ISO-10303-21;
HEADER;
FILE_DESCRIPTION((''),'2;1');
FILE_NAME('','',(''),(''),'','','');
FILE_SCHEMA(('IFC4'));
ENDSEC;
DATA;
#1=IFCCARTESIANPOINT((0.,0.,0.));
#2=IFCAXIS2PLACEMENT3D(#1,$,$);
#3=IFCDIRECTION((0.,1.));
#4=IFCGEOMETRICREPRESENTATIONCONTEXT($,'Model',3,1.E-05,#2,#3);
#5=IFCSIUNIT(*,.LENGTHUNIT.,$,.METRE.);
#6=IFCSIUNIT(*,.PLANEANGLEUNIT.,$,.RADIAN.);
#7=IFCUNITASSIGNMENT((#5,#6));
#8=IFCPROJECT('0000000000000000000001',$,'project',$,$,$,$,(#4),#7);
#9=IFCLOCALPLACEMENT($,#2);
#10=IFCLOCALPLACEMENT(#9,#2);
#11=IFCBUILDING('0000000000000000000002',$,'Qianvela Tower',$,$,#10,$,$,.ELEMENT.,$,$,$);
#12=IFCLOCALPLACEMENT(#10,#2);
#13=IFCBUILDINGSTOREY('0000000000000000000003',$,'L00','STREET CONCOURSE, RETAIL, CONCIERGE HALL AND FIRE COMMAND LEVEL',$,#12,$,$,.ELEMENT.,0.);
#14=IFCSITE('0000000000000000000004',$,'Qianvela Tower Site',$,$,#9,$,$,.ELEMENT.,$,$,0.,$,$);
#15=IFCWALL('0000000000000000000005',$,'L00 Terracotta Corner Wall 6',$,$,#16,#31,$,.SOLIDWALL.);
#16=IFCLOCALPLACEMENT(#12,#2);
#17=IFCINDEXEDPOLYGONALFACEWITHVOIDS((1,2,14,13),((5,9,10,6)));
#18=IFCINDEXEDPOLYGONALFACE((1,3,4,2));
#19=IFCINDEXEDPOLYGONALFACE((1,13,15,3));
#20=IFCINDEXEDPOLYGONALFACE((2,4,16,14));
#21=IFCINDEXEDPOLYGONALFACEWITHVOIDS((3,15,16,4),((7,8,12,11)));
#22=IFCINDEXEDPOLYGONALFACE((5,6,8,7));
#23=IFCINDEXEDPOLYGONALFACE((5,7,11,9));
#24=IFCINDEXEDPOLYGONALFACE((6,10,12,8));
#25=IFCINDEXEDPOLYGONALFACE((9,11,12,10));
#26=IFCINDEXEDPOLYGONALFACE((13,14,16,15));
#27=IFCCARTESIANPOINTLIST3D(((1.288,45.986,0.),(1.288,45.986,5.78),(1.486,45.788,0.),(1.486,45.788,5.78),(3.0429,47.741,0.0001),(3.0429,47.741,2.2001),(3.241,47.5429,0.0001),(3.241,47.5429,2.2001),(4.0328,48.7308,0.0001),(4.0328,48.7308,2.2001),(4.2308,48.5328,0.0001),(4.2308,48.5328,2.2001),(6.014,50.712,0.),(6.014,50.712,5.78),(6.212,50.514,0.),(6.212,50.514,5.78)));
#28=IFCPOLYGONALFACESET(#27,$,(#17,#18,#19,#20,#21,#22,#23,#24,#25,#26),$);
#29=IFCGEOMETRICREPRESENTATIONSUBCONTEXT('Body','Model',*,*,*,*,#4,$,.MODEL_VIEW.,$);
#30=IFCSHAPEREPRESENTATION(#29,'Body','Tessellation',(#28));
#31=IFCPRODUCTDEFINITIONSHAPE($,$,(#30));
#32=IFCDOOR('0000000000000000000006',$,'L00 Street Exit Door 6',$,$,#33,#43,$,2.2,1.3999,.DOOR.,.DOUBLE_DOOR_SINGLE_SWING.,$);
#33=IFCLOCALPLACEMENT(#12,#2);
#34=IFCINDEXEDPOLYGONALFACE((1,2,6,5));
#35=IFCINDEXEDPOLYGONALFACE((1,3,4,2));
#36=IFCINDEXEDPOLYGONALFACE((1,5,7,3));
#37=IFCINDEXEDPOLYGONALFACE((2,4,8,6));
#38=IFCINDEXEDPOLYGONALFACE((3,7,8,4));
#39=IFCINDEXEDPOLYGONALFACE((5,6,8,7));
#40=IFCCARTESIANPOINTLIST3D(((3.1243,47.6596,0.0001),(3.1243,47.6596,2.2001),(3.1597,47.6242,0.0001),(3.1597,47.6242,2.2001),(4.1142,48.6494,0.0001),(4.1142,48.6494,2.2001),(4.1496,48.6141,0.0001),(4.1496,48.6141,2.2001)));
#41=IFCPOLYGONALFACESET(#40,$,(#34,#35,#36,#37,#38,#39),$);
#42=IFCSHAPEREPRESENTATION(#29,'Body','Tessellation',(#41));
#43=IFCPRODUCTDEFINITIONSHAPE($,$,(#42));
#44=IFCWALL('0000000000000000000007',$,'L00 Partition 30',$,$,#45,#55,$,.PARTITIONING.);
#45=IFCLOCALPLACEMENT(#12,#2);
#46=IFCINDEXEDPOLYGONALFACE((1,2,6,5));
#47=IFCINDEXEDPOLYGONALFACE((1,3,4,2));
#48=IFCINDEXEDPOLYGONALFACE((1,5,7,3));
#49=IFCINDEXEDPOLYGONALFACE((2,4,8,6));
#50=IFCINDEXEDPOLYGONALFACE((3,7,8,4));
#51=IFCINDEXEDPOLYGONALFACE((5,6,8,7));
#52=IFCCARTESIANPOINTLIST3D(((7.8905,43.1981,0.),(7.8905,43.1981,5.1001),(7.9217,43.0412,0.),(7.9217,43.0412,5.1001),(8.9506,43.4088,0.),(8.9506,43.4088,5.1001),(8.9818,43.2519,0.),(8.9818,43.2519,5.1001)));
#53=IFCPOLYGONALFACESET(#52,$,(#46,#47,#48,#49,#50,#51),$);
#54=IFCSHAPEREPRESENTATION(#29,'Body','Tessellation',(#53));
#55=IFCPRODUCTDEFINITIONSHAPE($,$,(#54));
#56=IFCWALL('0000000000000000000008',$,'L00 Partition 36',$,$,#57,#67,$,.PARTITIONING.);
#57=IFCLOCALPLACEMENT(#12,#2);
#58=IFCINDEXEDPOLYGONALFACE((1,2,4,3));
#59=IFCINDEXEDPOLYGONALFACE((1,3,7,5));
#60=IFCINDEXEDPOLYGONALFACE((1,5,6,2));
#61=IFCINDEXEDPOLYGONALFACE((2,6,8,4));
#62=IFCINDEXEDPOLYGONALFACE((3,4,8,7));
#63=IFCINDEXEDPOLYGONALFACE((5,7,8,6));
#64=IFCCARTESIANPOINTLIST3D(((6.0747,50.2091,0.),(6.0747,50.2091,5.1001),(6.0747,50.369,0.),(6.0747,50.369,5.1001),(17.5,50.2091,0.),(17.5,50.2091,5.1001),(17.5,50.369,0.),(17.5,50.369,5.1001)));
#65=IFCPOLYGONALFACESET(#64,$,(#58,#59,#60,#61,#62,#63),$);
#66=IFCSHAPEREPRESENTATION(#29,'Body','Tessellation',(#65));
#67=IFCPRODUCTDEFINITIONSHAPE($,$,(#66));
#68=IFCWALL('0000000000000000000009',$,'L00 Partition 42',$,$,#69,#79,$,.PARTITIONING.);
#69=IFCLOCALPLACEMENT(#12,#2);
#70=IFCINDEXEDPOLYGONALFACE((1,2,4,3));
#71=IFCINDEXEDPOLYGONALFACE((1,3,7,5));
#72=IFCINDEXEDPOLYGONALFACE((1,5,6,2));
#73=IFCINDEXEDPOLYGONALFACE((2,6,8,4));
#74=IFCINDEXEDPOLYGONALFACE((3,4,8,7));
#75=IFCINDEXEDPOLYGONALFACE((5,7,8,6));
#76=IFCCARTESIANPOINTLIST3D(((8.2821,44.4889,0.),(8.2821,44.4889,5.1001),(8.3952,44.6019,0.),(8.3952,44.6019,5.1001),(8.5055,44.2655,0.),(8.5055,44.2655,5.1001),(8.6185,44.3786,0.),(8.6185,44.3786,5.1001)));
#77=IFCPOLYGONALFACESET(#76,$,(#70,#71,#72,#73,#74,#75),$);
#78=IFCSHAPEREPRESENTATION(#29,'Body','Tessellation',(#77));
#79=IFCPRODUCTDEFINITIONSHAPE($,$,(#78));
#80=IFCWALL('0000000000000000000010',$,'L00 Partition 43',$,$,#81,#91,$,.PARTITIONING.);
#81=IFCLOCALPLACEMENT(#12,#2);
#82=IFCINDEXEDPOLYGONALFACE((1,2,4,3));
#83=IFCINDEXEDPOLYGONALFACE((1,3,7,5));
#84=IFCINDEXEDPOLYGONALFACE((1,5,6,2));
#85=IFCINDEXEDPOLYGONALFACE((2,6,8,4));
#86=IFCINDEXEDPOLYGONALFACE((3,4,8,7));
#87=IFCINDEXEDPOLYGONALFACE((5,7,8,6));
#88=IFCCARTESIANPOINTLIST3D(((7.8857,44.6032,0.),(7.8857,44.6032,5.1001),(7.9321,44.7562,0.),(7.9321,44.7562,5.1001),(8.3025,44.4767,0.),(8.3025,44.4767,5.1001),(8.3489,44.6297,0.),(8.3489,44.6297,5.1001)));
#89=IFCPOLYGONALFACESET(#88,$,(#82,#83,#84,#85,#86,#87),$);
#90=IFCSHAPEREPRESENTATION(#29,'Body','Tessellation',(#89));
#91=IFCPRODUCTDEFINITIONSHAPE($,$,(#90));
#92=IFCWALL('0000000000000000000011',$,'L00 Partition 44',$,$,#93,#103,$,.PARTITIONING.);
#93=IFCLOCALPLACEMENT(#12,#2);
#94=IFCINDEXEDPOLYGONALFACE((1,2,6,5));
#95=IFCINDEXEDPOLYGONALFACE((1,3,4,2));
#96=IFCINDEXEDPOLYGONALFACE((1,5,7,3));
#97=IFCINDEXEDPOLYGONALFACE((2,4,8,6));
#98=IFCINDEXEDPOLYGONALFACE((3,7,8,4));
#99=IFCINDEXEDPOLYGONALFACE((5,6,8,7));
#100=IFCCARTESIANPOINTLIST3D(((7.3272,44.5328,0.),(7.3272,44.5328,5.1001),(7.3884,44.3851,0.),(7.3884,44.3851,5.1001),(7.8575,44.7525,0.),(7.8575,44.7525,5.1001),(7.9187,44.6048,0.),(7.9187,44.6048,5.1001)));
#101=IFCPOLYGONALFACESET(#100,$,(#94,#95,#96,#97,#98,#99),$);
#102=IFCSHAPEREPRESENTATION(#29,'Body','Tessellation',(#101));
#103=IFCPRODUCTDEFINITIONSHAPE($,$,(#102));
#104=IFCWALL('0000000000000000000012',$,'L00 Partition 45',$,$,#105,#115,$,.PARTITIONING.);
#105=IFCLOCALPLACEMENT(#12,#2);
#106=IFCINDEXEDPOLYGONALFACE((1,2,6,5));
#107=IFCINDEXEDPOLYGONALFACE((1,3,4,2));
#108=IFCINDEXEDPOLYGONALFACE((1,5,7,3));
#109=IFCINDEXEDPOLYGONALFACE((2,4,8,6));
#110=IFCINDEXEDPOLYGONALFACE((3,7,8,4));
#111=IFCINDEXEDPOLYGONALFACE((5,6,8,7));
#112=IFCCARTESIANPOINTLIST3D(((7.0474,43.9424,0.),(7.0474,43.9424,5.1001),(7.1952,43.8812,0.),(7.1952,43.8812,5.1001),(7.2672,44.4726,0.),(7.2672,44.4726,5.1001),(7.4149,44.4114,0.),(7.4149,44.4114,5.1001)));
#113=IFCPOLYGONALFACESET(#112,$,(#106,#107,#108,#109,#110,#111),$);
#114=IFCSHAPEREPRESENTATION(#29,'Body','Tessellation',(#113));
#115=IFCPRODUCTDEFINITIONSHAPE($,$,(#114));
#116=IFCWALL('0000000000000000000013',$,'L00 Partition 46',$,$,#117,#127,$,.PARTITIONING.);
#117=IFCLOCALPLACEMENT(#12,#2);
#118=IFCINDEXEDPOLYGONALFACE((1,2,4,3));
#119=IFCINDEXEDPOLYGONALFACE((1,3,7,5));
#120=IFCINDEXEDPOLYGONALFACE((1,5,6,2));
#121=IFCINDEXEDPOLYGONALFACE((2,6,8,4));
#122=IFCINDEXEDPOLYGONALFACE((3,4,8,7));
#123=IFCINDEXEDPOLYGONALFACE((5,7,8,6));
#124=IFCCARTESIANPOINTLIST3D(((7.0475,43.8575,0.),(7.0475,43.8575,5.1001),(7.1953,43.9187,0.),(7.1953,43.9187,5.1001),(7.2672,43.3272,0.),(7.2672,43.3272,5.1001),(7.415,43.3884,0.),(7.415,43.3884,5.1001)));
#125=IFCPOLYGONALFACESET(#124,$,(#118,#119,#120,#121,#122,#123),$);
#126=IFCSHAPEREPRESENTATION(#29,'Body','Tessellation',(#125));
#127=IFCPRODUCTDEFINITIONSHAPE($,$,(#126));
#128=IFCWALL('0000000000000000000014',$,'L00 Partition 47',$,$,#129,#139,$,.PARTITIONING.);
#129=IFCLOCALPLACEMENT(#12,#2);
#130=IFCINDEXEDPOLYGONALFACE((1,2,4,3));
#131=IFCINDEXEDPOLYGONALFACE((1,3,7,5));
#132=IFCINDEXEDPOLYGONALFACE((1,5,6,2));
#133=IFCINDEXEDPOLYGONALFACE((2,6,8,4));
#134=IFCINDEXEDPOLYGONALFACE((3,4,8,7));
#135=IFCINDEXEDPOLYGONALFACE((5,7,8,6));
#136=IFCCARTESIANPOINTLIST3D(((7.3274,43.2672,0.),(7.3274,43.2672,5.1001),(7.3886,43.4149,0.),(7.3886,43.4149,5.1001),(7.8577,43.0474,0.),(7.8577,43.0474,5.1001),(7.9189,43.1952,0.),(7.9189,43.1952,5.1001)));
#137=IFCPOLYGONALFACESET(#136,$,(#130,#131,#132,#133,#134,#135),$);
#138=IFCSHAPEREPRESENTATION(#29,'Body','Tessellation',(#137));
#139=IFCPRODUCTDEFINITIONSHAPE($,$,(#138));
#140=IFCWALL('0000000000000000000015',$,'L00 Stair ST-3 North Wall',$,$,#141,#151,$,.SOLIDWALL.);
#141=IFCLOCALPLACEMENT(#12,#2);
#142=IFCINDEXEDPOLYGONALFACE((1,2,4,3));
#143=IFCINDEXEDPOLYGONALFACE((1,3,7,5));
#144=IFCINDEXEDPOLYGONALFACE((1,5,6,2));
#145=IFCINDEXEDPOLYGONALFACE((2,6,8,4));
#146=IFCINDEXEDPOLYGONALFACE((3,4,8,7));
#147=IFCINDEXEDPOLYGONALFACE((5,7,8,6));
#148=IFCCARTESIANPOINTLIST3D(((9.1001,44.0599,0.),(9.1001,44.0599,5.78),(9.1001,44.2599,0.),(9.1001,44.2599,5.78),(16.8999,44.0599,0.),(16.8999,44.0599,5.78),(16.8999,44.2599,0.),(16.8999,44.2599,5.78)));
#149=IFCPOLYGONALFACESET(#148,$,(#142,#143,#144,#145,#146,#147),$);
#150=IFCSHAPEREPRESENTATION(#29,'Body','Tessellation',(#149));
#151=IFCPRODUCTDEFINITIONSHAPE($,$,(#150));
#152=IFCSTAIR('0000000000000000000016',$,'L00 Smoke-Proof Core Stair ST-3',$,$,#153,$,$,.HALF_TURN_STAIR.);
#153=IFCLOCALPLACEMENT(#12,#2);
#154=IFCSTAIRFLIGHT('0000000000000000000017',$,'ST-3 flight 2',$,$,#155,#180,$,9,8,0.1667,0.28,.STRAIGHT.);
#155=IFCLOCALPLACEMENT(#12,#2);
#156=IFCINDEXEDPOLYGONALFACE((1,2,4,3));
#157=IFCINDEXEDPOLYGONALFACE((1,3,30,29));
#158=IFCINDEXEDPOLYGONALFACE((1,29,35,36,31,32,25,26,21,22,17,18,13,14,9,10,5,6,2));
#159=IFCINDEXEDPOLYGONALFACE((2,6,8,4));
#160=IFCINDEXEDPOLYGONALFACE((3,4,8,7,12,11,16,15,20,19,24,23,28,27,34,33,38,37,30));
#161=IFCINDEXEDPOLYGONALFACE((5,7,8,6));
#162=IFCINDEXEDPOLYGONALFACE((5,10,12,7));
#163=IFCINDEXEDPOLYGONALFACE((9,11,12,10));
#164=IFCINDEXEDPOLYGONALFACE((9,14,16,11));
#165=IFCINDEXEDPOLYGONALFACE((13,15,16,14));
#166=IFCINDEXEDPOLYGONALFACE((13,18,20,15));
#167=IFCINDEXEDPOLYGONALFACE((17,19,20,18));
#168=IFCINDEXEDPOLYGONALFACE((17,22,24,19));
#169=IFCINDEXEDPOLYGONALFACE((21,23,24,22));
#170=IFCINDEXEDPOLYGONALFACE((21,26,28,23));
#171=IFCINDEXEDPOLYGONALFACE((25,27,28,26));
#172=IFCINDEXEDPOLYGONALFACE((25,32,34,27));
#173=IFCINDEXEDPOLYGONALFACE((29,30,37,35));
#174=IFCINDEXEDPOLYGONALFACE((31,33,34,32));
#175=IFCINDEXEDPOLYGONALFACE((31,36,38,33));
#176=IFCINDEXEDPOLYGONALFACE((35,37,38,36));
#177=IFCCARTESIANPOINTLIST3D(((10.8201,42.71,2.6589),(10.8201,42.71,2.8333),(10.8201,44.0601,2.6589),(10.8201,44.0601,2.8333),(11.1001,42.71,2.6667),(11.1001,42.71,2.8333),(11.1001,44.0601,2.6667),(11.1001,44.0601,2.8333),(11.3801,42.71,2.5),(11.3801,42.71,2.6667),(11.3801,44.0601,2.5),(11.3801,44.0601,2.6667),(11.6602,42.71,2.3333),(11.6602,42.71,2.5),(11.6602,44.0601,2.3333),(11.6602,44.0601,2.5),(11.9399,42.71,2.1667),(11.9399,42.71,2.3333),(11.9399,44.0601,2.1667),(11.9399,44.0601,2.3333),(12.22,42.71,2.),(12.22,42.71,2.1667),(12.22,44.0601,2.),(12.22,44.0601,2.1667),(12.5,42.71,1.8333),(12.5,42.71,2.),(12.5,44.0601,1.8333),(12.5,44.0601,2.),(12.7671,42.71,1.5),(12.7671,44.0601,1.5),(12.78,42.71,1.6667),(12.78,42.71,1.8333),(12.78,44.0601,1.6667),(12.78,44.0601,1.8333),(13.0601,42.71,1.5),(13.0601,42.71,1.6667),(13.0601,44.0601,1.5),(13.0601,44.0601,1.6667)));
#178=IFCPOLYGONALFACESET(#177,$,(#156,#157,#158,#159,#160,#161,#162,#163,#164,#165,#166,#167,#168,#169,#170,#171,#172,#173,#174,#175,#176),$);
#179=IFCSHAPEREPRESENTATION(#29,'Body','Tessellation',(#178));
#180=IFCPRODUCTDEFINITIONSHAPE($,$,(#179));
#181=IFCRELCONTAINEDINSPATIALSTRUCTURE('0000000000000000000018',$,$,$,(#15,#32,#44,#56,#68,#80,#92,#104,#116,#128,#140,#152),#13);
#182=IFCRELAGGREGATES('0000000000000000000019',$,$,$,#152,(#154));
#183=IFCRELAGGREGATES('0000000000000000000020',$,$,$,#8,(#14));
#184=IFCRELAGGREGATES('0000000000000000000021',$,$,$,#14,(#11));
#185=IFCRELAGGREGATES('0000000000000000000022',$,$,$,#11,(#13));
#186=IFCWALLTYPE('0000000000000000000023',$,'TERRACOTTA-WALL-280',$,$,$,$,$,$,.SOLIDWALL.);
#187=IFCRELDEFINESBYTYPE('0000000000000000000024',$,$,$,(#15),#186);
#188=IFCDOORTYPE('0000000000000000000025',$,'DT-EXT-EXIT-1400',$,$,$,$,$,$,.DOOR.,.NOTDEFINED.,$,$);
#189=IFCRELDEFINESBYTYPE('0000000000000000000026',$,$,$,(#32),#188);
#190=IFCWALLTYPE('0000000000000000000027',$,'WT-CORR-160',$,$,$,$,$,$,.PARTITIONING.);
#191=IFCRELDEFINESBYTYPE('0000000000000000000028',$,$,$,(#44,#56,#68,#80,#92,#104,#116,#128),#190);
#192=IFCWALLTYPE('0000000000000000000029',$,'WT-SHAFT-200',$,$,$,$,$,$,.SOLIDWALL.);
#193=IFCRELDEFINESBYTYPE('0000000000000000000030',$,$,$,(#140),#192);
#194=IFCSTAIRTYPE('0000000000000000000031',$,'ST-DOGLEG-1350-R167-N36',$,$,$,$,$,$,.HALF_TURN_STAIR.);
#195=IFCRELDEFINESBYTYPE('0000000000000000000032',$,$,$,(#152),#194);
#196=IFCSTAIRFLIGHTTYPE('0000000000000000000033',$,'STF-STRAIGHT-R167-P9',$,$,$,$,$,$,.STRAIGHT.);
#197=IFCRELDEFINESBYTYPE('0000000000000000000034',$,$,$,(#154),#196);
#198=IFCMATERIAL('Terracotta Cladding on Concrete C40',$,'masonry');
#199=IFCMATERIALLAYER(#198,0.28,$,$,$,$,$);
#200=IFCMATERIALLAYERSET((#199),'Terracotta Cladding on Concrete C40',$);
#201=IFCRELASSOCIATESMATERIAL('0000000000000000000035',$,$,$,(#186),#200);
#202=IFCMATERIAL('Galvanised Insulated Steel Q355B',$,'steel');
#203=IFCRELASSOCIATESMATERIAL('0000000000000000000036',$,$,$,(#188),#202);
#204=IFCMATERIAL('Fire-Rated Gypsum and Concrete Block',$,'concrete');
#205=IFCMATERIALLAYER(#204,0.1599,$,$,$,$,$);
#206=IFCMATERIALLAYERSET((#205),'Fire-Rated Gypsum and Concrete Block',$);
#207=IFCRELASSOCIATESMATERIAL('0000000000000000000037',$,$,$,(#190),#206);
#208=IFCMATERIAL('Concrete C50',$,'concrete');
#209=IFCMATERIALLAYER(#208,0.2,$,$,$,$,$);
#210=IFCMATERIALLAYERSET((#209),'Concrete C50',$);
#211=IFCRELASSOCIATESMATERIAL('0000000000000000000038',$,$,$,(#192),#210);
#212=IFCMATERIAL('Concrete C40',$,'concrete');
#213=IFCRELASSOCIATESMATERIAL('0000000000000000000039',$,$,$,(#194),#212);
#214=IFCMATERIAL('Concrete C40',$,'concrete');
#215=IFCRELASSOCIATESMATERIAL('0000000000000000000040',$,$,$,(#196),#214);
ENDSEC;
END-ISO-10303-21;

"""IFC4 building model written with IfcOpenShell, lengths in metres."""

from ifc_helpers import new_model, si_unit, direction, frame, frame_2d, origin, place, context, subcontext, project, spatial, polyline, rectangle, outline, extrude, material, layer, layer_set, type_object, element, fill, aggregate, save


model = new_model("IFC4")

# Units and contexts
model_context = context("Model", 3, precision=1e-05, world=origin(), true_north=direction((0.0, 1.0)))
body_context = subcontext(model_context, "Body", "Model", "MODEL_VIEW")
ifc_project = project(units=[si_unit("LENGTHUNIT", "METRE"), si_unit("PLANEANGLEUNIT", "RADIAN")], contexts=[model_context])

# Site, building, storey
site_placement = place(None, origin())
site = spatial("IfcSite", under=ifc_project, at=site_placement, Name="Qianvela Tower Site", CompositionType="ELEMENT", RefElevation=0.0)
building_placement = place(site_placement, origin())
building = spatial("IfcBuilding", under=site, at=building_placement, Name="Qianvela Tower", CompositionType="ELEMENT")
storey_placement = place(building_placement, origin())
storey = spatial("IfcBuildingStorey", under=building, at=storey_placement, Name="L00", Description="STREET CONCOURSE, RETAIL, CONCIERGE HALL AND FIRE COMMAND LEVEL", CompositionType="ELEMENT", Elevation=0.0)

# Wall, opening, door
ifc_material_1 = material(Name="Terracotta Cladding on Concrete C40", Category="masonry")
ifc_layer_1 = layer(ifc_material_1, 0.28)
ifc_layer_set_1 = layer_set([ifc_layer_1], Name="Terracotta Cladding on Concrete C40")
wall_type_1 = type_object("IfcWallType", Name="TERRACOTTA-WALL-280", PredefinedType="SOLIDWALL", material=ifc_layer_set_1)
wall_1_placement = place(storey_placement, frame((1.387, 45.887, 0.0), z_axis=(0.0, 0.0, 1.0), x_axis=(0.707107, 0.707107, 0.0)))
wall_1 = element("IfcWall", 1, at=wall_1_placement, inside=storey, type_object=wall_type_1, Name="L00 Terracotta Corner Wall 6", PredefinedType="SOLIDWALL", context=body_context, shape_type="SweptSolid", body=[
    extrude(rectangle(XDim=6.6836, YDim=0.28, at=frame_2d((3.3418, 0.0))), origin(), (0.0, 0.0, 1.0), 5.78),
])
opening_placement = place(wall_1_placement, frame((2.4819, 0.0, 0.0)))
opening = element("IfcOpeningElement", 2, at=opening_placement, cuts=wall_1, PredefinedType="OPENING", context=body_context, shape_type="SweptSolid", body=[
    extrude(rectangle(XDim=1.3999, YDim=2.2, at=frame_2d((0.7, 1.1001))), frame((0.0, 0.1499, 0.0), z_axis=(0.0, -1.0, 0.0), x_axis=(1.0, 0.0, 0.0)), (0.0, 0.0, 1.0), 0.3),
])
ifc_material_2 = material(Name="Galvanised Insulated Steel Q355B", Category="steel")
door_type = type_object("IfcDoorType", Name="DT-EXT-EXIT-1400", OperationType="NOTDEFINED", PredefinedType="DOOR", material=ifc_material_2)
door_placement = place(opening_placement, origin())
door = element("IfcDoor", 3, at=door_placement, inside=storey, type_object=door_type, Name="L00 Street Exit Door 6", OperationType="DOUBLE_DOOR_SINGLE_SWING", OverallHeight=2.2, OverallWidth=1.3999, PredefinedType="DOOR", context=body_context, shape_type="SweptSolid", body=[
    extrude(rectangle(XDim=1.3999, YDim=2.2, at=frame_2d((0.7, 1.1001))), frame((0.0, 0.0249, 0.0), z_axis=(0.0, -1.0, 0.0), x_axis=(1.0, 0.0, 0.0)), (0.0, 0.0, 1.0), 0.05),
])
fill(opening, door)

# Walls
ifc_material_3 = material(Name="Fire-Rated Gypsum and Concrete Block", Category="concrete")
ifc_layer_2 = layer(ifc_material_3, 0.1599)
ifc_layer_set_2 = layer_set([ifc_layer_2], Name="Fire-Rated Gypsum and Concrete Block")
wall_type_2 = type_object("IfcWallType", Name="WT-CORR-160", PredefinedType="PARTITIONING", material=ifc_layer_set_2)
wall_2_placement = place(storey_placement, frame((7.906, 43.1196, 0.0), z_axis=(0.0, 0.0, 1.0), x_axis=(0.980815, 0.194943, 0.0)))
element("IfcWall", 4, at=wall_2_placement, inside=storey, type_object=wall_type_2, Name="L00 Partition 30", PredefinedType="PARTITIONING", context=body_context, shape_type="SweptSolid", body=[
    extrude(rectangle(XDim=1.0808, YDim=0.1599, at=frame_2d((0.5405, 0.0))), origin(), (0.0, 0.0, 1.0), 5.1001),
])
wall_3_placement = place(storey_placement, frame((6.0747, 50.2891, 0.0), z_axis=(0.0, 0.0, 1.0), x_axis=(1.0, 0.0, 0.0)))
element("IfcWall", 5, at=wall_3_placement, inside=storey, type_object=wall_type_2, Name="L00 Partition 36", PredefinedType="PARTITIONING", context=body_context, shape_type="SweptSolid", body=[
    extrude(rectangle(XDim=11.4253, YDim=0.1599, at=frame_2d((5.7126, 0.0))), origin(), (0.0, 0.0, 1.0), 5.1001),
])
wall_4_placement = place(storey_placement, frame((8.562, 44.322, 0.0), z_axis=(0.0, 0.0, 1.0), x_axis=(-0.707107, 0.707107, 0.0)))
element("IfcWall", 6, at=wall_4_placement, inside=storey, type_object=wall_type_2, Name="L00 Partition 42", PredefinedType="PARTITIONING", context=body_context, shape_type="SweptSolid", body=[
    extrude(rectangle(XDim=0.3159, YDim=0.1599, at=frame_2d((0.158, 0.0))), origin(), (0.0, 0.0, 1.0), 5.1001),
])
wall_5_placement = place(storey_placement, frame((8.3257, 44.5532, 0.0), z_axis=(0.0, 0.0, 1.0), x_axis=(-0.956911, 0.290381, 0.0)))
element("IfcWall", 7, at=wall_5_placement, inside=storey, type_object=wall_type_2, Name="L00 Partition 43", PredefinedType="PARTITIONING", context=body_context, shape_type="SweptSolid", body=[
    extrude(rectangle(XDim=0.4355, YDim=0.1599, at=frame_2d((0.2178, 0.0))), origin(), (0.0, 0.0, 1.0), 5.1001),
])
for number, where, z_axis, x_axis, name in (
    (8, (7.8882, 44.6787, 0.0), (0.0, 0.0, 1.0), (-0.92383, -0.382803, 0.0), "L00 Partition 44"),
    (9, (7.3411, 44.4421, 0.0), (0.0, 0.0, 1.0), (-0.382803, -0.92383, 0.0), "L00 Partition 45"),
    (10, (7.1213, 43.8882, 0.0), (0.0, 0.0, 1.0), (0.382803, -0.92383, 0.0), "L00 Partition 46"),
    (11, (7.3579, 43.3411, 0.0), (0.0, 0.0, 1.0), (0.92383, -0.382803, 0.0), "L00 Partition 47"),
):
    element("IfcWall", number, at=place(storey_placement, frame(where, z_axis=z_axis, x_axis=x_axis)), inside=storey, type_object=wall_type_2, Name=name, PredefinedType="PARTITIONING", context=body_context, shape_type="SweptSolid", body=[
        extrude(rectangle(XDim=0.574, YDim=0.1599, at=frame_2d((0.2871, 0.0))), origin(), (0.0, 0.0, 1.0), 5.1001),
    ])
ifc_material_4 = material(Name="Concrete C50", Category="concrete")
ifc_layer_3 = layer(ifc_material_4, 0.2)
ifc_layer_set_3 = layer_set([ifc_layer_3], Name="Concrete C50")
wall_type_3 = type_object("IfcWallType", Name="WT-SHAFT-200", PredefinedType="SOLIDWALL", material=ifc_layer_set_3)
wall_6_placement = place(storey_placement, frame((9.1001, 44.1599, 0.0), z_axis=(0.0, 0.0, 1.0), x_axis=(1.0, 0.0, 0.0)))
element("IfcWall", 12, at=wall_6_placement, inside=storey, type_object=wall_type_3, Name="L00 Stair ST-3 North Wall", PredefinedType="SOLIDWALL", context=body_context, shape_type="SweptSolid", body=[
    extrude(rectangle(XDim=7.7998, YDim=0.2, at=frame_2d((3.8999, 0.0))), origin(), (0.0, 0.0, 1.0), 5.78),
])

# Stair, stair flight
ifc_material_5 = material(Name="Concrete C40", Category="concrete")
stair_type = type_object("IfcStairType", Name="ST-DOGLEG-1350-R167-N36", PredefinedType="HALF_TURN_STAIR", material=ifc_material_5)
stair_placement = place(storey_placement, origin())
stair = element("IfcStair", 13, at=stair_placement, inside=storey, type_object=stair_type, Name="L00 Smoke-Proof Core Stair ST-3", PredefinedType="HALF_TURN_STAIR")
ifc_material_6 = material(Name="Concrete C40", Category="concrete")
stair_flight_type = type_object("IfcStairFlightType", Name="STF-STRAIGHT-R167-P9", PredefinedType="STRAIGHT", material=ifc_material_6)
stair_flight_1_placement = place(storey_placement, frame((13.0601, 43.385, 1.5), z_axis=(0.0, 0.0, 1.0), x_axis=(-1.0, 0.0, 0.0)))
stair_flight_1 = element("IfcStairFlight", 14, at=stair_flight_1_placement, type_object=stair_flight_type, Name="ST-3 flight 2", NumberOfRisers=9, NumberOfTreads=8, PredefinedType="STRAIGHT", RiserHeight=0.1667, TreadLength=0.28, context=body_context, shape_type="SweptSolid", body=[
    extrude(outline(polyline([(0.0, 0.0), (0.0, 0.1667), (0.28, 0.1667), (0.28, 0.3333), (0.5601, 0.3333), (0.5601, 0.5), (0.8401, 0.5), (0.8401, 0.6667), (1.1201, 0.6667), (1.1201, 0.8333), (1.3999, 0.8333), (1.3999, 1.0), (1.6799, 1.0), (1.6799, 1.1667), (1.96, 1.1667), (1.96, 1.3333), (2.24, 1.3333), (2.24, 1.5), (2.24, 1.1589), (0.293, 0.0), (0.0, 0.0)])), frame((0.0, 0.675, 0.0), z_axis=(0.0, -1.0, 0.0), x_axis=(1.0, 0.0, 0.0)), (0.0, 0.0, 1.0), 1.3501),
])
aggregate(stair, [stair_flight_1])

save(model, "model.ifc")
